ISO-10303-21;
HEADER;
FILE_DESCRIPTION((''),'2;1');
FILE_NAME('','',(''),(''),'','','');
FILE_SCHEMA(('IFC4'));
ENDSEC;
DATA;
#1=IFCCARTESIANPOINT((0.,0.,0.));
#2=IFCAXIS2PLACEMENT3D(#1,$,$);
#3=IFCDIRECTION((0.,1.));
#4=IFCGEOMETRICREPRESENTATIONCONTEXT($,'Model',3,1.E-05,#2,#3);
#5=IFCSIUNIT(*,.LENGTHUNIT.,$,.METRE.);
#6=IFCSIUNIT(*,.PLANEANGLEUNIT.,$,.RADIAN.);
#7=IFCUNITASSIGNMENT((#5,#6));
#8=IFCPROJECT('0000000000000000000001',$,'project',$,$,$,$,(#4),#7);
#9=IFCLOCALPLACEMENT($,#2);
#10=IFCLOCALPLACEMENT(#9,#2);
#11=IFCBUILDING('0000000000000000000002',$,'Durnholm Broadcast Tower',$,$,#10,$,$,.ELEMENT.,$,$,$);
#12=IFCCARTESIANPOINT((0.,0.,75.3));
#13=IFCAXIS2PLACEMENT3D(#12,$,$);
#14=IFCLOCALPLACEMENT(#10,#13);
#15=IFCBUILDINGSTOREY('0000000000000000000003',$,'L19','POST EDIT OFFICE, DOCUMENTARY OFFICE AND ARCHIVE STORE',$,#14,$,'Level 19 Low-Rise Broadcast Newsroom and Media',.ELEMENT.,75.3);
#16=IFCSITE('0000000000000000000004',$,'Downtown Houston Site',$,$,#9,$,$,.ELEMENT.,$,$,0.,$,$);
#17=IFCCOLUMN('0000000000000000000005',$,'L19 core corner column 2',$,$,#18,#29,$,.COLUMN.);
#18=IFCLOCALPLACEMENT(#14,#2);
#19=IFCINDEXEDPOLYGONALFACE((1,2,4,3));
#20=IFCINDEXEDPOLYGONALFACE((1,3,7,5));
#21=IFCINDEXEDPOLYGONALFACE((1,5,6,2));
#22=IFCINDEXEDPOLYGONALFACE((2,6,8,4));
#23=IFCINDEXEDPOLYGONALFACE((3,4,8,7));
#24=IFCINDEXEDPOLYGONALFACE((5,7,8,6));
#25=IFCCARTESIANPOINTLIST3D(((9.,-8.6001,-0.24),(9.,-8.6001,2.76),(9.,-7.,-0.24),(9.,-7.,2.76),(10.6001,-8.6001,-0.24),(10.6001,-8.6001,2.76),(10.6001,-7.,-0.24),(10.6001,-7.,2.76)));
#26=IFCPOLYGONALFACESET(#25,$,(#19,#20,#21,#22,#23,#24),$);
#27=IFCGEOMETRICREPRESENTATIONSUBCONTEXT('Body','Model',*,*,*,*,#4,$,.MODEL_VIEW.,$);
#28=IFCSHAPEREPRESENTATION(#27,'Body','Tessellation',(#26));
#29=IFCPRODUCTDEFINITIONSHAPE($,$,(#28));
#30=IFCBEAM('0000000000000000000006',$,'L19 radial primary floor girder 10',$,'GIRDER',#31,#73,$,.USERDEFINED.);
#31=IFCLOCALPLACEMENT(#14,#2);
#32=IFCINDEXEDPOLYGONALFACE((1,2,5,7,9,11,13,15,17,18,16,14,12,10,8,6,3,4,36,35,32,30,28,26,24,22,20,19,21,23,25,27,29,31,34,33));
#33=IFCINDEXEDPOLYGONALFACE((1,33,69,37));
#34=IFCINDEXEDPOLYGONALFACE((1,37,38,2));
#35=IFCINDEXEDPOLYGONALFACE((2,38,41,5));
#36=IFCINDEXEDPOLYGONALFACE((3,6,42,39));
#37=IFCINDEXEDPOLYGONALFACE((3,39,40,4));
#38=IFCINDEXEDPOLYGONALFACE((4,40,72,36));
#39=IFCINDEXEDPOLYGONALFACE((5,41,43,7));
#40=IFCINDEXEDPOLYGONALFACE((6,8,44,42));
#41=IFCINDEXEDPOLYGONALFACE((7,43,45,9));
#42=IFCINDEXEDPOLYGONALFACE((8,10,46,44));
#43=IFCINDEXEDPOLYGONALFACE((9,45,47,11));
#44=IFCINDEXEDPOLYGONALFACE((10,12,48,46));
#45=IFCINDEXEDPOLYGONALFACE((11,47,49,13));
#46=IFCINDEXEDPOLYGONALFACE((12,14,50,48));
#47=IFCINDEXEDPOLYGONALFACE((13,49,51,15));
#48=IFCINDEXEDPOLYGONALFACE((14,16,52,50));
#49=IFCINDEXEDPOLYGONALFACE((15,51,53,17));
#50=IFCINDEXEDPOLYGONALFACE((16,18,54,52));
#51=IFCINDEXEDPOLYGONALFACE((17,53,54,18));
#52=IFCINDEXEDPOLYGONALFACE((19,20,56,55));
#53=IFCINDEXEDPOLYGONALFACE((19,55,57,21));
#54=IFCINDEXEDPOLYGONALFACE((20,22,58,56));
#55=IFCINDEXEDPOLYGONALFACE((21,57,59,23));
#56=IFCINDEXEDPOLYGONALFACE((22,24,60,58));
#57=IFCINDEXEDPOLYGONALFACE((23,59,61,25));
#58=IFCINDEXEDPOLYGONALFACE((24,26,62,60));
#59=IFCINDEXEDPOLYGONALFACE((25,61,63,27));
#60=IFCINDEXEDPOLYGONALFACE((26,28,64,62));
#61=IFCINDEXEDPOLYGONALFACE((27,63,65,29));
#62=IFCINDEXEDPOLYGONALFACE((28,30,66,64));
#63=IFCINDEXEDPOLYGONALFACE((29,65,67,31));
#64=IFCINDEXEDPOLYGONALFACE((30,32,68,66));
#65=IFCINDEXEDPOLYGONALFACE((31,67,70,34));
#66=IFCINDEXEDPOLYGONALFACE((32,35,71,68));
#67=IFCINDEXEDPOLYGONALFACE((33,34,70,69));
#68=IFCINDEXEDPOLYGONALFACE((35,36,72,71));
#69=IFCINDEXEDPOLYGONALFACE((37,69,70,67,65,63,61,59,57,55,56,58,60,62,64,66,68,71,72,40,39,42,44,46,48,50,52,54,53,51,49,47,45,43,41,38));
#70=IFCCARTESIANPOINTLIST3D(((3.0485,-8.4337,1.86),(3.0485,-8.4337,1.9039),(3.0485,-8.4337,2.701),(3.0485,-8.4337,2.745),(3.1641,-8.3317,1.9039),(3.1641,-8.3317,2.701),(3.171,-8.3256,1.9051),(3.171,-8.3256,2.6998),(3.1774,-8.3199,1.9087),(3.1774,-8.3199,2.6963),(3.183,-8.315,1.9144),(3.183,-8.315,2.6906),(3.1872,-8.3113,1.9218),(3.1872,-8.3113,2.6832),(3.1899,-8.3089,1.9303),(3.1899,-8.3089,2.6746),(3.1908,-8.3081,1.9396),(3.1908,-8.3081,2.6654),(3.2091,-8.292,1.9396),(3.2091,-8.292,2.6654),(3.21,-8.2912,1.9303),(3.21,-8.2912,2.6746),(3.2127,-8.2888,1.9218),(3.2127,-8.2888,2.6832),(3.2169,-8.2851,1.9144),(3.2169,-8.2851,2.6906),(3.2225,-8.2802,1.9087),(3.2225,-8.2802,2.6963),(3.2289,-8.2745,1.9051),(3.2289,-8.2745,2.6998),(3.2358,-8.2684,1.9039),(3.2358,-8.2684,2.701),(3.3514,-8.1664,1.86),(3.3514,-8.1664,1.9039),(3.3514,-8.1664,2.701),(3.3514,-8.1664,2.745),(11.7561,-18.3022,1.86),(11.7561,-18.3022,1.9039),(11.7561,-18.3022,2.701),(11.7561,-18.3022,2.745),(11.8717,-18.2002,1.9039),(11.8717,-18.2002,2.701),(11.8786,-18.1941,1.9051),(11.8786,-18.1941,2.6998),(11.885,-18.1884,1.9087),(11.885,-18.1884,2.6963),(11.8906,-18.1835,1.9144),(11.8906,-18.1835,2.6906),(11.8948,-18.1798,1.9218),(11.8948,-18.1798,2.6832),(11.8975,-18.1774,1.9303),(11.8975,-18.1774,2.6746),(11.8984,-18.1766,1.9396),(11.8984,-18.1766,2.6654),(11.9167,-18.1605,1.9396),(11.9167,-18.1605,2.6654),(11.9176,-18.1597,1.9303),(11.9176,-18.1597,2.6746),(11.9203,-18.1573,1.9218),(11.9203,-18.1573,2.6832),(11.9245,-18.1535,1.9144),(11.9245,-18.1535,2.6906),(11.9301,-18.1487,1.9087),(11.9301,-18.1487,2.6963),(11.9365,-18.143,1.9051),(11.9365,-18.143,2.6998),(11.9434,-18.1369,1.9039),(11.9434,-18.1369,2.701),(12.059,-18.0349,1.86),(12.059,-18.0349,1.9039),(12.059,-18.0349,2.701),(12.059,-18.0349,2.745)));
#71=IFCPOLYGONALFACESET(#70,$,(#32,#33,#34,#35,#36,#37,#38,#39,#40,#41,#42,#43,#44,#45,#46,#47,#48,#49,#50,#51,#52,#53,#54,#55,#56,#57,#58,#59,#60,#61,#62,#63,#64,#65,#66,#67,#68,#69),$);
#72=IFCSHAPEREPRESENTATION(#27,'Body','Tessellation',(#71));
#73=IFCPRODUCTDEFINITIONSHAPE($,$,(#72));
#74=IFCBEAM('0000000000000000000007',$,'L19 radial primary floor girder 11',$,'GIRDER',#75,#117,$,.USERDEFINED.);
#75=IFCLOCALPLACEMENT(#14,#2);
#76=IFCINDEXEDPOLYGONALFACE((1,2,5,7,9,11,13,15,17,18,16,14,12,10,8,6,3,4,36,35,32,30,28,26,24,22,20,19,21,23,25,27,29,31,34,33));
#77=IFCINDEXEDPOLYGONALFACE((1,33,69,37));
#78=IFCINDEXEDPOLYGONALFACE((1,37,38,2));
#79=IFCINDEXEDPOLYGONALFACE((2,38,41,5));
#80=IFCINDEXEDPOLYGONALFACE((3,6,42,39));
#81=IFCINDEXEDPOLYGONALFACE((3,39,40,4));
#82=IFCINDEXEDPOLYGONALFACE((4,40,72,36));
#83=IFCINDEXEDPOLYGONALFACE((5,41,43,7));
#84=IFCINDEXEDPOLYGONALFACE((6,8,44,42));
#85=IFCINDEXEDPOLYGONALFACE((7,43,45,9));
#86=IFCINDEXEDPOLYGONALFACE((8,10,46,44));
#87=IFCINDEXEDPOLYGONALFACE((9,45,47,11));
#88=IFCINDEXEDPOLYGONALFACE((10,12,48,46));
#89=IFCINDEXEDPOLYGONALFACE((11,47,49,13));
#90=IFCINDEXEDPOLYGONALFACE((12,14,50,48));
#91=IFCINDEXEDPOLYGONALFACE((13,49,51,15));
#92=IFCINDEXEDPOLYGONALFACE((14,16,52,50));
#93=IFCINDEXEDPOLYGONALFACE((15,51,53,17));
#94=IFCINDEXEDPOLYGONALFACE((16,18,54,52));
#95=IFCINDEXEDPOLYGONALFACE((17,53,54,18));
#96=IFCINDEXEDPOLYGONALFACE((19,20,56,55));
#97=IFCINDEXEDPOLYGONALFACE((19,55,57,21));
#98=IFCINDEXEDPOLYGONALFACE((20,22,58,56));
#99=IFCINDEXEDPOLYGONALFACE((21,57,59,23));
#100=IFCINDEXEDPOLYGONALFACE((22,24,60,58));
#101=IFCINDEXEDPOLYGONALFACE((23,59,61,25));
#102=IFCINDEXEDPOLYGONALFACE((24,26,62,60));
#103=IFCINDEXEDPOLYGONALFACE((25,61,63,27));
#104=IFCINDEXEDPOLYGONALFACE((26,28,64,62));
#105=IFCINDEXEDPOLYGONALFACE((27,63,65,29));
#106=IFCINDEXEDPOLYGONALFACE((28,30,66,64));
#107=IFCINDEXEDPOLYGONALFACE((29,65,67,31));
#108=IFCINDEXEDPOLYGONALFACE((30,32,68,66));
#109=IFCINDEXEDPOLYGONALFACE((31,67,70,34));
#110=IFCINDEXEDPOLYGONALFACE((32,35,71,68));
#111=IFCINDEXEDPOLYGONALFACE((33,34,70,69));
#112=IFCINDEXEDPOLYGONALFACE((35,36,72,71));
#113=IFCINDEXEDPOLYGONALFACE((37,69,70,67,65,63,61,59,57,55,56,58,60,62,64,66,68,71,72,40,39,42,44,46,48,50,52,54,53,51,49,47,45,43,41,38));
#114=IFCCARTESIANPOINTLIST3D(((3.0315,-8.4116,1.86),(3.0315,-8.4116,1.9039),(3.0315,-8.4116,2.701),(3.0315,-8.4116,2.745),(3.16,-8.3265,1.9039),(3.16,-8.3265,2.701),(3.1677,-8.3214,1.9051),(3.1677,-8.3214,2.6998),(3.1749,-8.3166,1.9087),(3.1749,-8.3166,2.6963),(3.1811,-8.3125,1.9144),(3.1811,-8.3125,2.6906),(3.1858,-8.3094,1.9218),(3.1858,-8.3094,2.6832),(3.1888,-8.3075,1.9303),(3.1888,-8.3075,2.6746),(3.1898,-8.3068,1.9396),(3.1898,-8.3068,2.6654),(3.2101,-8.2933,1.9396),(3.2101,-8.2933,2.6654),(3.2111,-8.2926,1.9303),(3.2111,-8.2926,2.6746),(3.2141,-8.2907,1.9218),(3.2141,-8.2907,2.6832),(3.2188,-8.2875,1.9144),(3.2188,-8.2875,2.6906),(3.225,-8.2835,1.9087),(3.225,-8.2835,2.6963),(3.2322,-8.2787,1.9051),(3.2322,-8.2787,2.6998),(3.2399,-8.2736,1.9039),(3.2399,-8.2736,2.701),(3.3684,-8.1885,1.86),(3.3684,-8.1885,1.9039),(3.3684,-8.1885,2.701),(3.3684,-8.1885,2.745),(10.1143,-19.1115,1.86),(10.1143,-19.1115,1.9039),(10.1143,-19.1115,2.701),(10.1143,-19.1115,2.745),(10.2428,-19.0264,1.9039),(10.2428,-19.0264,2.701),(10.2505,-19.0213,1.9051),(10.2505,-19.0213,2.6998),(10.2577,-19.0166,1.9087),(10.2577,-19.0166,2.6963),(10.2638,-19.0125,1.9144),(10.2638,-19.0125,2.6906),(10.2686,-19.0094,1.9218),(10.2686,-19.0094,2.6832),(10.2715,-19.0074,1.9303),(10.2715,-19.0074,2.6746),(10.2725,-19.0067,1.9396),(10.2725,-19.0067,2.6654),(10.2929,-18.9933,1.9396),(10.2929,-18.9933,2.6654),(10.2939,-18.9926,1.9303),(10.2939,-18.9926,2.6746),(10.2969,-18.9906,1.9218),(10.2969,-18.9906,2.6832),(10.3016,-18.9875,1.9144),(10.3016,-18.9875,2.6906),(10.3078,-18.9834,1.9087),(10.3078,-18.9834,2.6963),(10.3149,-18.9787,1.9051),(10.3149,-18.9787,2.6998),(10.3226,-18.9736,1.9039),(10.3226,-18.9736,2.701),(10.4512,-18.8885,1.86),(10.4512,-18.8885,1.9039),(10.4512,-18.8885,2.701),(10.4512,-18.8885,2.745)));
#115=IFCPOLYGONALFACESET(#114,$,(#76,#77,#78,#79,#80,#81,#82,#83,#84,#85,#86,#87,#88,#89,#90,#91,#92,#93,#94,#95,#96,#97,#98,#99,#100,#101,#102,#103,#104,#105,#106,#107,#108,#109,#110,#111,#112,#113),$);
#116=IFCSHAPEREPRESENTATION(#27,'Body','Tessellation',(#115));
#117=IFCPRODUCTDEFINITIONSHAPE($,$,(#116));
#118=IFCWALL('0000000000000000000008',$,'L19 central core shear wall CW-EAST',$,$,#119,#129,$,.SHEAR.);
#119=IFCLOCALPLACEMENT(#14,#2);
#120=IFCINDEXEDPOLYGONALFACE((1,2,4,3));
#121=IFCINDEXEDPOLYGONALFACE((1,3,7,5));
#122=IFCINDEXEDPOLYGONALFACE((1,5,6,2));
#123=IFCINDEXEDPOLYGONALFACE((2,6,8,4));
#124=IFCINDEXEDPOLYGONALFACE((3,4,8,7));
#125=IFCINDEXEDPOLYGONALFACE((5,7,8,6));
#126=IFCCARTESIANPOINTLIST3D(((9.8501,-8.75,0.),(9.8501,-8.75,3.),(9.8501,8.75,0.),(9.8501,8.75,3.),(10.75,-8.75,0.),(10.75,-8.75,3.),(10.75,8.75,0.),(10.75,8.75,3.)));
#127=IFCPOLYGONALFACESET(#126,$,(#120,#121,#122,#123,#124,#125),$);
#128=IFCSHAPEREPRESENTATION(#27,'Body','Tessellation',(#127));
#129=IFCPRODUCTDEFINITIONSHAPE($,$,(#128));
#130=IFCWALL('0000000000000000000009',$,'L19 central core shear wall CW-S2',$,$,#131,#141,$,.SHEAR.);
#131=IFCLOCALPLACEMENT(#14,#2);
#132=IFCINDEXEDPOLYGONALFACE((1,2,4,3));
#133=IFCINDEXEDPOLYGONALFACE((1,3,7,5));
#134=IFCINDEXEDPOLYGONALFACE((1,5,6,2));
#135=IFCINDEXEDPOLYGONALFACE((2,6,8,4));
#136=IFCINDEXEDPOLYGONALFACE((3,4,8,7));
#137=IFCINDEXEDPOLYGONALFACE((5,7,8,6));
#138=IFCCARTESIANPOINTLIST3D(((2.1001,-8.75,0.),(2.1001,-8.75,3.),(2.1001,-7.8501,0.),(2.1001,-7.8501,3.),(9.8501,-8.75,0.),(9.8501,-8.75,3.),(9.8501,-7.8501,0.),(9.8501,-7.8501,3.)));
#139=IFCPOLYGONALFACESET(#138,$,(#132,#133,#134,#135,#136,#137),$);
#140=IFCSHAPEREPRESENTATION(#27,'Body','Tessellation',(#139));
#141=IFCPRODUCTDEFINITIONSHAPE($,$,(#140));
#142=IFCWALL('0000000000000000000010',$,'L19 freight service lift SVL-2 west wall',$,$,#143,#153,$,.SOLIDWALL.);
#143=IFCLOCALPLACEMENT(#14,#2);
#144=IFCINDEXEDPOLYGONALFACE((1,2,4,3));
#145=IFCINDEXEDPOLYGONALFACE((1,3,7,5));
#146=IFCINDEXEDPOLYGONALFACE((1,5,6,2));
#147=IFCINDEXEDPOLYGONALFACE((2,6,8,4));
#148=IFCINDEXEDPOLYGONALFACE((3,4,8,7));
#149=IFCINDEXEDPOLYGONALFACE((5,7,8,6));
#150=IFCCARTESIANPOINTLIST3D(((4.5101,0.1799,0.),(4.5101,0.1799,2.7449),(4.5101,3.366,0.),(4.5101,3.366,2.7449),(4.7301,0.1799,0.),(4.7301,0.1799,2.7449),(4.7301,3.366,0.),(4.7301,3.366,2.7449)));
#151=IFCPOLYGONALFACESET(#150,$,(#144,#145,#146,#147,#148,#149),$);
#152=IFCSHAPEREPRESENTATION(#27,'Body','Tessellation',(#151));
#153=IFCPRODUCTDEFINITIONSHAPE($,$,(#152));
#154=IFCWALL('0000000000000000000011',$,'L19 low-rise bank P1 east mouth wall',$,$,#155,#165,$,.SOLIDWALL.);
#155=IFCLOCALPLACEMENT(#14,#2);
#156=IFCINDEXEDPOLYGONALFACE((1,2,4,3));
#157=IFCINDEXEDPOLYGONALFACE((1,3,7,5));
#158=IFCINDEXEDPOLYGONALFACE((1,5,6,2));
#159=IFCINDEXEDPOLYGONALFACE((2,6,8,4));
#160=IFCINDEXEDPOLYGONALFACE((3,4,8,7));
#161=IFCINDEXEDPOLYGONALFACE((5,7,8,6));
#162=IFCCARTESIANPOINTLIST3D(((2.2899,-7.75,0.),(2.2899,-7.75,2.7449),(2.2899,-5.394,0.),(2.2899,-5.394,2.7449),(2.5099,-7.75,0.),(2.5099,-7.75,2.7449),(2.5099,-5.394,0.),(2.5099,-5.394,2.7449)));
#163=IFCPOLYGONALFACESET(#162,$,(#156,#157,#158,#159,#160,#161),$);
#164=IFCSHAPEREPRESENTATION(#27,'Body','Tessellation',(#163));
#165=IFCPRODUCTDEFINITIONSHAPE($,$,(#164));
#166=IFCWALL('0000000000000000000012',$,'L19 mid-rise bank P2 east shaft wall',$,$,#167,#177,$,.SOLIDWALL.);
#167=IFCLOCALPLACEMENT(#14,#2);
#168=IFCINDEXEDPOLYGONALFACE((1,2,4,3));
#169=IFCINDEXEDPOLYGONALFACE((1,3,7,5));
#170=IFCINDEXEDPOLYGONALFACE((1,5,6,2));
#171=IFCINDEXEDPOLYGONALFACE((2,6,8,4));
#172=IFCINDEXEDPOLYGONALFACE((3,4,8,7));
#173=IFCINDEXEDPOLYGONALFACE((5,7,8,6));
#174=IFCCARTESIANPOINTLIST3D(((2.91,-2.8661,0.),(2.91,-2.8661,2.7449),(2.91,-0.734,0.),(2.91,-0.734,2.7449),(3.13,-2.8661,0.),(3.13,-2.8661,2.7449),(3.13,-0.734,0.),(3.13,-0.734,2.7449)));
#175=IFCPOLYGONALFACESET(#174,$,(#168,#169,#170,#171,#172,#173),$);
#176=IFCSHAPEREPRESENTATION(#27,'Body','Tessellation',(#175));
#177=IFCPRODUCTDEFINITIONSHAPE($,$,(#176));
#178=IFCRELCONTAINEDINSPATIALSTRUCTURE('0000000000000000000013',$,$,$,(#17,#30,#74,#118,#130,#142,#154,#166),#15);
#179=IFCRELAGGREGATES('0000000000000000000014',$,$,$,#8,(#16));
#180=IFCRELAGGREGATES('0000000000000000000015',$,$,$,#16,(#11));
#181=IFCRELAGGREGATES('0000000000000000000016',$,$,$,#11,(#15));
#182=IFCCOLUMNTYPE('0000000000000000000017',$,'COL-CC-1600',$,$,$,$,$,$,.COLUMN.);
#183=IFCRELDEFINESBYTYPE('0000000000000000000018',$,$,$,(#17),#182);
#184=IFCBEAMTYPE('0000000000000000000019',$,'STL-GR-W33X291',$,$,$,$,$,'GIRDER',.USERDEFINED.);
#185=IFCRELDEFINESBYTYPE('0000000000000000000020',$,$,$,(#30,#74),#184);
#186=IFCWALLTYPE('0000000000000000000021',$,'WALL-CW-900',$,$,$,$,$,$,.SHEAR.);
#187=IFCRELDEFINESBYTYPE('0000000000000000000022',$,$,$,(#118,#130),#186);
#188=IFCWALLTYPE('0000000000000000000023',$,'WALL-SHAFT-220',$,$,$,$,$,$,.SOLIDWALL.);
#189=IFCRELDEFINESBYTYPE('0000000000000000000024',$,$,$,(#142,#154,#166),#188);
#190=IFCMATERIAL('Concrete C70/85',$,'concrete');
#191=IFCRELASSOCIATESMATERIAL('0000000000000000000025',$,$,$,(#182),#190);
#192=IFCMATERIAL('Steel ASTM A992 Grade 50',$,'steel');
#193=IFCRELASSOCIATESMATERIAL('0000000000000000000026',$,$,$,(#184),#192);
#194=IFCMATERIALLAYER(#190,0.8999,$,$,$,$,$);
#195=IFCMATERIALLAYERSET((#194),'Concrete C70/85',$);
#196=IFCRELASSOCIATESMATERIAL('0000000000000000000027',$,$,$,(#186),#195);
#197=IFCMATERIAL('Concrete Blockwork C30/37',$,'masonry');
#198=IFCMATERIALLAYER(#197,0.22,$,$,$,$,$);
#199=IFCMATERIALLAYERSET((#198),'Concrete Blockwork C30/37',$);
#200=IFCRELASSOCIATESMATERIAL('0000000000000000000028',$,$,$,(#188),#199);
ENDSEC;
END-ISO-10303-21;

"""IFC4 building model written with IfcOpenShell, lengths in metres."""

from ifc_helpers import new_model, si_unit, direction, frame, frame_2d, origin, origin_2d, place, context, subcontext, project, spatial, rectangle, i_section, extrude, source, transform, mapped, material, layer, layer_set, material_profile, profile_set, type_object, type_shapes, element, save


model = new_model("IFC4")

# Units and contexts
model_context = context("Model", 3, precision=1e-05, world=origin(), true_north=direction((0.0, 1.0)))
body_context = subcontext(model_context, "Body", "Model", "MODEL_VIEW")
ifc_project = project(units=[si_unit("LENGTHUNIT", "METRE"), si_unit("PLANEANGLEUNIT", "RADIAN")], contexts=[model_context])

# Site, building, storey
site_placement = place(None, origin())
site = spatial("IfcSite", under=ifc_project, at=site_placement, Name="Downtown Houston Site", CompositionType="ELEMENT", RefElevation=0.0)
building_placement = place(site_placement, origin())
building = spatial("IfcBuilding", under=site, at=building_placement, Name="Durnholm Broadcast Tower", CompositionType="ELEMENT")
storey_placement = place(building_placement, frame((0.0, 0.0, 75.3)))
storey = spatial("IfcBuildingStorey", under=building, at=storey_placement, Name="L19", Description="POST EDIT OFFICE, DOCUMENTARY OFFICE AND ARCHIVE STORE", LongName="Level 19 Low-Rise Broadcast Newsroom and Media", CompositionType="ELEMENT", Elevation=75.3)

# Column
ifc_material_1 = material(Name="Concrete C70/85", Category="concrete")
ifc_material_profile_1 = material_profile(ifc_material_1, rectangle(XDim=1.6001, YDim=1.6001, at=origin_2d()), Name="RC1600X1600")
ifc_profile_set_1 = profile_set([ifc_material_profile_1], Name="Concrete C70/85")
column_type = type_object("IfcColumnType", Name="COL-CC-1600", PredefinedType="COLUMN", material=ifc_profile_set_1)
shared_shape_1 = source(origin(), body_context, "Body", "SweptSolid", [
    extrude(rectangle(XDim=1.6001, YDim=1.6001, at=origin_2d()), origin(), (0.0, 0.0, 1.0), 3.0),
])
type_shapes(column_type, [shared_shape_1])
column_placement = place(storey_placement, frame((9.8, -7.8, -0.24), z_axis=(0.0, 0.0, 1.0), x_axis=(1.0, 0.0, 0.0)))
element("IfcColumn", 1, at=column_placement, inside=storey, type_object=column_type, Name="L19 core corner column 2", PredefinedType="COLUMN", context=body_context, shape_type="MappedRepresentation", body=[
    mapped(shared_shape_1, transform((0.0, 0.0, 0.0), x_axis=(1.0, 0.0, 0.0), y_axis=(0.0, 1.0, 0.0), z_axis=(0.0, 0.0, 1.0), scale=1.0)),
])

# Beams
ifc_material_2 = material(Name="Steel ASTM A992 Grade 50", Category="steel")
ifc_material_profile_2 = material_profile(ifc_material_2, i_section(OverallWidth=0.4041, OverallDepth=0.885, WebThickness=0.0244, FlangeThickness=0.0439, FilletRadius=0.0356, at=origin_2d()), Name="W33X291")
ifc_profile_set_2 = profile_set([ifc_material_profile_2], Name="Steel ASTM A992 Grade 50")
beam_type = type_object("IfcBeamType", Name="STL-GR-W33X291", ElementType="GIRDER", PredefinedType="USERDEFINED", material=ifc_profile_set_2)
shared_shape_2 = source(origin(), body_context, "Body", "SweptSolid", [
    extrude(i_section(OverallWidth=0.4041, OverallDepth=0.885, WebThickness=0.0244, FlangeThickness=0.0439, FilletRadius=0.0356, at=origin_2d()), origin(), (0.0, 0.0, 1.0), 13.1609),
])
beam_1_placement = place(storey_placement, frame((3.2, -8.3, 2.3025), z_axis=(0.661626, -0.749834, 0.0), x_axis=(0.749834, 0.661626, 0.0)))
element("IfcBeam", 2, at=beam_1_placement, inside=storey, type_object=beam_type, Name="L19 radial primary floor girder 10", ObjectType="GIRDER", PredefinedType="USERDEFINED", context=body_context, shape_type="MappedRepresentation", body=[
    mapped(shared_shape_2, transform((0.0, 0.0, 0.0), x_axis=(1.0, 0.0, 0.0), y_axis=(0.0, 1.0, 0.0), z_axis=(0.0, 0.0, 1.0), scale=1.0)),
])
shared_shape_3 = source(origin(), body_context, "Body", "SweptSolid", [
    extrude(i_section(OverallWidth=0.4041, OverallDepth=0.885, WebThickness=0.0244, FlangeThickness=0.0439, FilletRadius=0.0356, at=origin_2d()), origin(), (0.0, 0.0, 1.0), 12.8318),
])
type_shapes(beam_type, [shared_shape_2, shared_shape_3])
beam_2_placement = place(storey_placement, frame((3.2, -8.3, 2.3025), z_axis=(0.551971, -0.833864, 0.0), x_axis=(0.833864, 0.551971, 0.0)))
element("IfcBeam", 3, at=beam_2_placement, inside=storey, type_object=beam_type, Name="L19 radial primary floor girder 11", ObjectType="GIRDER", PredefinedType="USERDEFINED", context=body_context, shape_type="MappedRepresentation", body=[
    mapped(shared_shape_3, transform((0.0, 0.0, 0.0), x_axis=(1.0, 0.0, 0.0), y_axis=(0.0, 1.0, 0.0), z_axis=(0.0, 0.0, 1.0), scale=1.0)),
])

# Walls
ifc_layer_1 = layer(ifc_material_1, 0.8999)
ifc_layer_set_1 = layer_set([ifc_layer_1], Name="Concrete C70/85")
wall_type_1 = type_object("IfcWallType", Name="WALL-CW-900", PredefinedType="SHEAR", material=ifc_layer_set_1)
wall_1_placement = place(storey_placement, frame((10.3, -8.75, 0.0), z_axis=(0.0, 0.0, 1.0), x_axis=(0.0, 1.0, 0.0)))
element("IfcWall", 4, at=wall_1_placement, inside=storey, type_object=wall_type_1, Name="L19 central core shear wall CW-EAST", PredefinedType="SHEAR", context=body_context, shape_type="SweptSolid", body=[
    extrude(rectangle(XDim=17.5, YDim=0.8999, at=frame_2d((8.75, 0.0))), origin(), (0.0, 0.0, 1.0), 3.0),
])
wall_2_placement = place(storey_placement, frame((2.1001, -8.3, 0.0), z_axis=(0.0, 0.0, 1.0), x_axis=(1.0, 0.0, 0.0)))
element("IfcWall", 5, at=wall_2_placement, inside=storey, type_object=wall_type_1, Name="L19 central core shear wall CW-S2", PredefinedType="SHEAR", context=body_context, shape_type="SweptSolid", body=[
    extrude(rectangle(XDim=7.75, YDim=0.8999, at=frame_2d((3.875, 0.0))), origin(), (0.0, 0.0, 1.0), 3.0),
])
ifc_material_3 = material(Name="Concrete Blockwork C30/37", Category="masonry")
ifc_layer_2 = layer(ifc_material_3, 0.22)
ifc_layer_set_2 = layer_set([ifc_layer_2], Name="Concrete Blockwork C30/37")
wall_type_2 = type_object("IfcWallType", Name="WALL-SHAFT-220", PredefinedType="SOLIDWALL", material=ifc_layer_set_2)
wall_3_placement = place(storey_placement, frame((4.6201, 0.1799, 0.0), z_axis=(0.0, 0.0, 1.0), x_axis=(0.0, 1.0, 0.0)))
element("IfcWall", 6, at=wall_3_placement, inside=storey, type_object=wall_type_2, Name="L19 freight service lift SVL-2 west wall", PredefinedType="SOLIDWALL", context=body_context, shape_type="SweptSolid", body=[
    extrude(rectangle(XDim=3.186, YDim=0.22, at=frame_2d((1.593, 0.0))), origin(), (0.0, 0.0, 1.0), 2.7449),
])

# Walls
wall_4_placement = place(storey_placement, frame((2.3999, -7.75, 0.0), z_axis=(0.0, 0.0, 1.0), x_axis=(0.0, 1.0, 0.0)))
element("IfcWall", 7, at=wall_4_placement, inside=storey, type_object=wall_type_2, Name="L19 low-rise bank P1 east mouth wall", PredefinedType="SOLIDWALL", context=body_context, shape_type="SweptSolid", body=[
    extrude(rectangle(XDim=2.356, YDim=0.22, at=frame_2d((1.178, 0.0))), origin(), (0.0, 0.0, 1.0), 2.7449),
])
wall_5_placement = place(storey_placement, frame((3.02, -2.866, 0.0), z_axis=(0.0, 0.0, 1.0), x_axis=(0.0, 1.0, 0.0)))
element("IfcWall", 8, at=wall_5_placement, inside=storey, type_object=wall_type_2, Name="L19 mid-rise bank P2 east shaft wall", PredefinedType="SOLIDWALL", context=body_context, shape_type="SweptSolid", body=[
    extrude(rectangle(XDim=2.1321, YDim=0.22, at=frame_2d((1.0659, 0.0))), origin(), (0.0, 0.0, 1.0), 2.7449),
])

save(model, "model.ifc")
